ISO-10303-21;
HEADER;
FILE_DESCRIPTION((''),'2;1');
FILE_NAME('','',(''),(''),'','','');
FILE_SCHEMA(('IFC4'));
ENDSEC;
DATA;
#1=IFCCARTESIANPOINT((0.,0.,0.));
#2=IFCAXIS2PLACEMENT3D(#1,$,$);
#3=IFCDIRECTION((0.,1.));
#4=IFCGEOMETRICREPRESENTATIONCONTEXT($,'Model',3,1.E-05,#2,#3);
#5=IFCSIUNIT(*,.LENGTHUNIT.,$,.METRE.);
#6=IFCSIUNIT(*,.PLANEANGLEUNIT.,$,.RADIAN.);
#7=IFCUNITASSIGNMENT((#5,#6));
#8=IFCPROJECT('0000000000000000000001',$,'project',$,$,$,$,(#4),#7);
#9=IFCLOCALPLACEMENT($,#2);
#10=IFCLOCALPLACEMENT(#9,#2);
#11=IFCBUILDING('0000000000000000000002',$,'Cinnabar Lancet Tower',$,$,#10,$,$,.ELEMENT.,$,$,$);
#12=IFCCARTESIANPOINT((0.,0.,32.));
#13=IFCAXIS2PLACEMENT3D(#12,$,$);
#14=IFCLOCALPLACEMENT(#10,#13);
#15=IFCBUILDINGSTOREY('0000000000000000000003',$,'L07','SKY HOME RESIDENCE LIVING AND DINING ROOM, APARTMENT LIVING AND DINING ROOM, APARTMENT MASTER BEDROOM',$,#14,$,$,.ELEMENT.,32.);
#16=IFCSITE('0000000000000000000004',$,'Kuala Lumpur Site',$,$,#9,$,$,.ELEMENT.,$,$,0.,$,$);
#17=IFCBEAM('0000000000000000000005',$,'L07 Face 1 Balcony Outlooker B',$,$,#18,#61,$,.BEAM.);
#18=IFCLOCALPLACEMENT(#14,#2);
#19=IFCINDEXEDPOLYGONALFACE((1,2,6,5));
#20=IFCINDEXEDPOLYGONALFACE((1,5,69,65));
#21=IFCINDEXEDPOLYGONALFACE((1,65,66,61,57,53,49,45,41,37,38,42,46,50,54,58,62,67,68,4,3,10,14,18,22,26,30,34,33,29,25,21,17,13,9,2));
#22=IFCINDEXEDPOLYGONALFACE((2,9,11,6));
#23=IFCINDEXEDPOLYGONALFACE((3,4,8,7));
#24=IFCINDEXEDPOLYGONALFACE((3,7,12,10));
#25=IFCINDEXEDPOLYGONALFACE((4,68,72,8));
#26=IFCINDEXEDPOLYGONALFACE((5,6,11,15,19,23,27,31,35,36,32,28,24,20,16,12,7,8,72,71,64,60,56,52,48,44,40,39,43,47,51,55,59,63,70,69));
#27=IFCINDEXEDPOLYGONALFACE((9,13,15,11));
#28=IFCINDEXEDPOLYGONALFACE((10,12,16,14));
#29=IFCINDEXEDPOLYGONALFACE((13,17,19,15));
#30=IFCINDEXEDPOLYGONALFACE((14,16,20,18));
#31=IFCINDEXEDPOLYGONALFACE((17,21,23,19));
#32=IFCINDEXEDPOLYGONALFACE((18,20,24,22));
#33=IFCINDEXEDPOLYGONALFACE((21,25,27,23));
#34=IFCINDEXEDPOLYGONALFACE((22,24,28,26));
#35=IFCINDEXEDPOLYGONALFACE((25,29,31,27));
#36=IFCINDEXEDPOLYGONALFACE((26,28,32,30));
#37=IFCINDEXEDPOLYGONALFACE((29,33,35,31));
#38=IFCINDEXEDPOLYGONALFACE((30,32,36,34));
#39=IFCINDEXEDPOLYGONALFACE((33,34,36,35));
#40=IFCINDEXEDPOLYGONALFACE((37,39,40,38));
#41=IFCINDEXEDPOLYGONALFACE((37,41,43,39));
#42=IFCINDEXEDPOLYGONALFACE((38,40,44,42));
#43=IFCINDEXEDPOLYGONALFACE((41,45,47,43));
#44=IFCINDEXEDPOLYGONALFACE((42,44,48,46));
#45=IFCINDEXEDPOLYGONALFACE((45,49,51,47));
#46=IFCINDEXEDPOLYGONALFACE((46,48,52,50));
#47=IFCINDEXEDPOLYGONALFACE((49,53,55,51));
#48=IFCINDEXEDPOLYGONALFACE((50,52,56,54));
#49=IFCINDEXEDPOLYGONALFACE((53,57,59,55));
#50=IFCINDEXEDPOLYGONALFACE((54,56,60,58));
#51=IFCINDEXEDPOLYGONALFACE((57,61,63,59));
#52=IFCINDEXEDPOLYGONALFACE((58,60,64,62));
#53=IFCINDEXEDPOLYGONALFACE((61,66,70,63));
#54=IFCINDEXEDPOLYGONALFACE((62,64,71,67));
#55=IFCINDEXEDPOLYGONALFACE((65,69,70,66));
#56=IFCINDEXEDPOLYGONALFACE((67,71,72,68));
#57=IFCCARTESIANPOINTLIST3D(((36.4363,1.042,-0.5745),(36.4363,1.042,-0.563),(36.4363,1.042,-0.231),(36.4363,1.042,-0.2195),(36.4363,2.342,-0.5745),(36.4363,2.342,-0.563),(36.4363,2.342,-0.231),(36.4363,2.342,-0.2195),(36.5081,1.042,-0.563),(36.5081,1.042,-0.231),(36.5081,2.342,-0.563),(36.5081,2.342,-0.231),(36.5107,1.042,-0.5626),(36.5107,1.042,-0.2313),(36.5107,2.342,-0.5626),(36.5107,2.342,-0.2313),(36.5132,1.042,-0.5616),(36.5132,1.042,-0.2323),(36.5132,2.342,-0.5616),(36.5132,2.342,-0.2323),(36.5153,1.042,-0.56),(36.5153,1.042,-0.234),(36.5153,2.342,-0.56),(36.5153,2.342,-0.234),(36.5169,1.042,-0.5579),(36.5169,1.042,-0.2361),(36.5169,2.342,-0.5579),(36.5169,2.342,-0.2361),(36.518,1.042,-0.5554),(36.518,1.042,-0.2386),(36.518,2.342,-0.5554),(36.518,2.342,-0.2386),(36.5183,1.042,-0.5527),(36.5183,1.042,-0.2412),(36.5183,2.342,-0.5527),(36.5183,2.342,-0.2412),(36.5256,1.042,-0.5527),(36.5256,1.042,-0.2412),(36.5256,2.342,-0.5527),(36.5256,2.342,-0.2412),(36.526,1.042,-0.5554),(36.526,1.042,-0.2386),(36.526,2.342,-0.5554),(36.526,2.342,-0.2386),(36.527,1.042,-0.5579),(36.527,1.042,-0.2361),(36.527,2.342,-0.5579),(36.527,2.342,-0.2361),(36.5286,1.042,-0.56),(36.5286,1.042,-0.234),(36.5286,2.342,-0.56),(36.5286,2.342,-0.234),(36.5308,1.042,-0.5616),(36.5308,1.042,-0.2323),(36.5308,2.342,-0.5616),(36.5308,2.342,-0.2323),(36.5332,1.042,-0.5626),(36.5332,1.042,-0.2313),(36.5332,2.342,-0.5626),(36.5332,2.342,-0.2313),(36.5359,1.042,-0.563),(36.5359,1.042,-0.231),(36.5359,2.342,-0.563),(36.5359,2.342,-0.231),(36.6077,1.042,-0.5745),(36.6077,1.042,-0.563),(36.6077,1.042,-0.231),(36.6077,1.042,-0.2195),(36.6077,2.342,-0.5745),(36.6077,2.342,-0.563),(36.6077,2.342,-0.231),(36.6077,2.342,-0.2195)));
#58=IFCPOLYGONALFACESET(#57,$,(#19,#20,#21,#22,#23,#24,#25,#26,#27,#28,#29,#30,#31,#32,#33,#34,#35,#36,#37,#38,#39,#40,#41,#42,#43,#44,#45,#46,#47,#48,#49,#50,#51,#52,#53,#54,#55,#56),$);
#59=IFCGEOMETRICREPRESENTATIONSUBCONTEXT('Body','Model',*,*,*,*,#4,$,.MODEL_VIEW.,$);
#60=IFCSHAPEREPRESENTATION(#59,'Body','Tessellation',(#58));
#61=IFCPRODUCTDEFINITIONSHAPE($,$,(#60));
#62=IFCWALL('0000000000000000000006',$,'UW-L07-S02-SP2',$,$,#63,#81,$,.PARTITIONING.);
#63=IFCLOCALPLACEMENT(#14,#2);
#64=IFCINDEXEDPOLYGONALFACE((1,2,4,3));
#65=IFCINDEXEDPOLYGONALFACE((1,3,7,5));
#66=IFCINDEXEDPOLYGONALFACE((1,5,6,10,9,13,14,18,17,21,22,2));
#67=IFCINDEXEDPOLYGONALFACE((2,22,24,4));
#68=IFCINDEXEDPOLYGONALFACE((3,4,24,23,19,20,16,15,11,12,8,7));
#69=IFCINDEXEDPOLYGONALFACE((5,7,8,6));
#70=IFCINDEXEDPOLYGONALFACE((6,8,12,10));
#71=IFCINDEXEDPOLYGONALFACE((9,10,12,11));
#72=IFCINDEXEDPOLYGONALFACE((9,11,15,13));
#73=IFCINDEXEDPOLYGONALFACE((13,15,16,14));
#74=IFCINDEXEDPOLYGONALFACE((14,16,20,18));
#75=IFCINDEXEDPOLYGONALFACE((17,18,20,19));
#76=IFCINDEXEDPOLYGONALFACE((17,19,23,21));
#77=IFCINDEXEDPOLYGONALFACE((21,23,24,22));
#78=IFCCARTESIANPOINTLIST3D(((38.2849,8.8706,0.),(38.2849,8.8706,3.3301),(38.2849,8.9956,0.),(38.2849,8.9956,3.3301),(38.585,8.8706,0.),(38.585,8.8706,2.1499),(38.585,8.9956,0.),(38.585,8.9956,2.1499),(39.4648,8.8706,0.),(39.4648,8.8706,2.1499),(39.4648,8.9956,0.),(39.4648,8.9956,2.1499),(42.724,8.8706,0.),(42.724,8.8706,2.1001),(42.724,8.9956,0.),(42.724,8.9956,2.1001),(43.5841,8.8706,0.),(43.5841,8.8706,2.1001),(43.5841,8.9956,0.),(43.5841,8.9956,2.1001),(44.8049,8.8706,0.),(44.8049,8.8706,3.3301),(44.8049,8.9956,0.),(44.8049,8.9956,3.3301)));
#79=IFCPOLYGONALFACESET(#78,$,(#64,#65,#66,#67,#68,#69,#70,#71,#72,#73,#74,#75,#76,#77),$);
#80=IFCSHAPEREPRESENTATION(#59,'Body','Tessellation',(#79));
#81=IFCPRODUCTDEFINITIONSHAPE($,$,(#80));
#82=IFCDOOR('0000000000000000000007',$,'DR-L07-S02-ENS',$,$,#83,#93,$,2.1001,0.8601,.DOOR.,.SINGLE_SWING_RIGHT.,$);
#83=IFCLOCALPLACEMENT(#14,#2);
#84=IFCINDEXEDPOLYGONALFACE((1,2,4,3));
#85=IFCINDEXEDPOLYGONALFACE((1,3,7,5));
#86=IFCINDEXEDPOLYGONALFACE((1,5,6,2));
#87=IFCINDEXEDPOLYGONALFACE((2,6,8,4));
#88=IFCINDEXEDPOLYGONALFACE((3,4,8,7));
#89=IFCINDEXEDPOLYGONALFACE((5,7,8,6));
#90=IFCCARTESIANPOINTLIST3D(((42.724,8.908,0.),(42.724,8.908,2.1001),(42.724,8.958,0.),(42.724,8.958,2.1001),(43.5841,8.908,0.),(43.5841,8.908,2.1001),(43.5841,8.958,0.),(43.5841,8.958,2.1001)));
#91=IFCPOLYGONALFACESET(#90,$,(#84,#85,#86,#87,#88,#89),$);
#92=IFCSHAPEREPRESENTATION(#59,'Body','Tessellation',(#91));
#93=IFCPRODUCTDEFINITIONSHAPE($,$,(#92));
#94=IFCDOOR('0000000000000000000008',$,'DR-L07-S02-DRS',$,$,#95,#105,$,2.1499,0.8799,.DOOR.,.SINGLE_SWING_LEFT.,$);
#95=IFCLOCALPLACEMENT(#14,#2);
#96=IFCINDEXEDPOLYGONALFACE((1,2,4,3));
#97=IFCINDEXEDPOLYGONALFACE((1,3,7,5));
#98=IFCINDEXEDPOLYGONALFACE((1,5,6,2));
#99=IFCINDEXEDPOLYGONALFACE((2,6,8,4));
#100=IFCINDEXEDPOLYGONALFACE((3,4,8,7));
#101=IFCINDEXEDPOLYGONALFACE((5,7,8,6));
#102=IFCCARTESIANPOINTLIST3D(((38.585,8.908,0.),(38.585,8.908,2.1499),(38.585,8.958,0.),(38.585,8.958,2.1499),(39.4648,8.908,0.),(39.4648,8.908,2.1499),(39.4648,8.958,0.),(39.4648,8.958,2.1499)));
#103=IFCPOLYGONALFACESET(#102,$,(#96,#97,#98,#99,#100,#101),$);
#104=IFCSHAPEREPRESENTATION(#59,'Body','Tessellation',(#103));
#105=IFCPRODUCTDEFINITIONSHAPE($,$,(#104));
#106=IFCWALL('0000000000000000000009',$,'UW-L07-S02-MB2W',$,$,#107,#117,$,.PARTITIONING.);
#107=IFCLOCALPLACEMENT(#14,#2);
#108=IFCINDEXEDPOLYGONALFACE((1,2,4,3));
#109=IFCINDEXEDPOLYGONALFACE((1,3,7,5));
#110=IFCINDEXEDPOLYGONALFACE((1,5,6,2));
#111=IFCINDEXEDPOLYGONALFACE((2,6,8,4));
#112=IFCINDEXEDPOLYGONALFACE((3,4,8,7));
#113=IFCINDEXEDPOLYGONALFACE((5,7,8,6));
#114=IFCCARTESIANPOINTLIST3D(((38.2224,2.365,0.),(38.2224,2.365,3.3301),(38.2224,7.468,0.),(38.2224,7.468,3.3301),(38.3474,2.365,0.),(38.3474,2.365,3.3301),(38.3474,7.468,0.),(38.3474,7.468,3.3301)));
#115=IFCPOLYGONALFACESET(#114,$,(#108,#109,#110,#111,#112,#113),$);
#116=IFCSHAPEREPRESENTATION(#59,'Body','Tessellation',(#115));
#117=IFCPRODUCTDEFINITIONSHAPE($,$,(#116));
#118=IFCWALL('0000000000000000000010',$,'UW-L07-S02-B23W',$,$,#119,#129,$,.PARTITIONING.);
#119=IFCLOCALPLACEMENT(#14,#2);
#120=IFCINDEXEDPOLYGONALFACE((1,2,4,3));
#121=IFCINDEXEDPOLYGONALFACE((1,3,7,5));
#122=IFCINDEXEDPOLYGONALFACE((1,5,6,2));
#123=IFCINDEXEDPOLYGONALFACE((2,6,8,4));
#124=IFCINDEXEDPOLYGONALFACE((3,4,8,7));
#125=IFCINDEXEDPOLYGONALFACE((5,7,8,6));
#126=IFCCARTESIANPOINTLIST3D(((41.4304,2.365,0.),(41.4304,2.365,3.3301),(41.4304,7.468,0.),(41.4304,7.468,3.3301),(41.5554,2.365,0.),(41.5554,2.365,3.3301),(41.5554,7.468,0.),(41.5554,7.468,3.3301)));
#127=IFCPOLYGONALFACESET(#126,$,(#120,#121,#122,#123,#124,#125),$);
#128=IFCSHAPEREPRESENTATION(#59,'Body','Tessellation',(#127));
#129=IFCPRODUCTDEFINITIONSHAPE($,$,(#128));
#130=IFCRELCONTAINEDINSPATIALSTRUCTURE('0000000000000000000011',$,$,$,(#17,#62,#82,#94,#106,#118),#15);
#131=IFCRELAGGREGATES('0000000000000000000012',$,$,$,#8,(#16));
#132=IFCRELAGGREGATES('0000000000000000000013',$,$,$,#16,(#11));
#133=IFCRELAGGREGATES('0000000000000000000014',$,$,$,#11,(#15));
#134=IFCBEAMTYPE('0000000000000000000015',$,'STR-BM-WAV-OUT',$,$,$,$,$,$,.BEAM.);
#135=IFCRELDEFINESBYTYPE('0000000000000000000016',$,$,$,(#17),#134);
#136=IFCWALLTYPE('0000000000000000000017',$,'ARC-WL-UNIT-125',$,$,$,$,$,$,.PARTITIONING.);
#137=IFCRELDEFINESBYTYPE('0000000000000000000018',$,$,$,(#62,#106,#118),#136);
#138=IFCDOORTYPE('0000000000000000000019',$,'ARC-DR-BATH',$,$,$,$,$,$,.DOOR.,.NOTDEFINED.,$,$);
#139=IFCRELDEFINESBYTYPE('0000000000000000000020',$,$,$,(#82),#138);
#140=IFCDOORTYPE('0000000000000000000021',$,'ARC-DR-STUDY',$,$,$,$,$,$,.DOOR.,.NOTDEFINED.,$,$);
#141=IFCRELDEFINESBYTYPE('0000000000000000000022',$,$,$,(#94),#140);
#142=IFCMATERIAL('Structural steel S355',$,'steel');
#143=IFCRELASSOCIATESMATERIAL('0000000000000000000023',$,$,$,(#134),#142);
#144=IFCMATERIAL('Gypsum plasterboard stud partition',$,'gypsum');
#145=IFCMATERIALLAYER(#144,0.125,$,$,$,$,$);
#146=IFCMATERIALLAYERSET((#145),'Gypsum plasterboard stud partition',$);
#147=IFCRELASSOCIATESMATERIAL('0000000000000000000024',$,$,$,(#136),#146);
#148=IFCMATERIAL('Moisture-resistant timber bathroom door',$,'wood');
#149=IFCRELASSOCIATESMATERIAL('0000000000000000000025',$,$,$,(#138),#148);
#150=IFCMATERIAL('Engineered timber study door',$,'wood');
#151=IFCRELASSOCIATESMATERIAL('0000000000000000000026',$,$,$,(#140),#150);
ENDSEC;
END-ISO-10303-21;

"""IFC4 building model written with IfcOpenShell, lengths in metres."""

from ifc_helpers import new_model, si_unit, direction, frame, frame_2d, origin, origin_2d, place, context, subcontext, project, spatial, rectangle, i_section, extrude, material, layer, layer_set, material_profile, profile_set, type_object, element, fill, save


model = new_model("IFC4")

# Units and contexts
model_context = context("Model", 3, precision=1e-05, world=origin(), true_north=direction((0.0, 1.0)))
body_context = subcontext(model_context, "Body", "Model", "MODEL_VIEW")
ifc_project = project(units=[si_unit("LENGTHUNIT", "METRE"), si_unit("PLANEANGLEUNIT", "RADIAN")], contexts=[model_context])

# Site, building, storey
site_placement = place(None, origin())
site = spatial("IfcSite", under=ifc_project, at=site_placement, Name="Kuala Lumpur Site", CompositionType="ELEMENT", RefElevation=0.0)
building_placement = place(site_placement, origin())
building = spatial("IfcBuilding", under=site, at=building_placement, Name="Cinnabar Lancet Tower", CompositionType="ELEMENT")
storey_placement = place(building_placement, frame((0.0, 0.0, 32.0)))
storey = spatial("IfcBuildingStorey", under=building, at=storey_placement, Name="L07", Description="SKY HOME RESIDENCE LIVING AND DINING ROOM, APARTMENT LIVING AND DINING ROOM, APARTMENT MASTER BEDROOM", CompositionType="ELEMENT", Elevation=32.0)

# Beam
ifc_material_1 = material(Name="Structural steel S355", Category="steel")
ifc_material_profile_1 = material_profile(ifc_material_1, i_section(OverallWidth=0.1714, OverallDepth=0.355, WebThickness=0.0073, FlangeThickness=0.0115, FilletRadius=0.0103, at=origin_2d()), Name="UKB 356x171x51")
ifc_profile_set_1 = profile_set([ifc_material_profile_1], Name="Structural steel S355")
beam_type_1 = type_object("IfcBeamType", Name="STR-BM-WAV-OUT", PredefinedType="BEAM", material=ifc_profile_set_1)
beam_1_placement = place(storey_placement, frame((36.522, 2.342, -0.397), z_axis=(0.0, -1.0, 0.0), x_axis=(1.0, 0.0, 0.0)))
element("IfcBeam", 1, at=beam_1_placement, inside=storey, type_object=beam_type_1, Name="L07 Face 1 Balcony Outlooker B", PredefinedType="BEAM", context=body_context, shape_type="SweptSolid", body=[
    extrude(i_section(OverallWidth=0.1714, OverallDepth=0.355, WebThickness=0.0073, FlangeThickness=0.0115, FilletRadius=0.0103, at=origin_2d()), origin(), (0.0, 0.0, 1.0), 1.3),
])

# Wall, openings, doors
ifc_material_2 = material(Name="Gypsum plasterboard stud partition", Category="gypsum")
ifc_layer_1 = layer(ifc_material_2, 0.125)
ifc_layer_set_1 = layer_set([ifc_layer_1], Name="Gypsum plasterboard stud partition")
wall_type_1 = type_object("IfcWallType", Name="ARC-WL-UNIT-125", PredefinedType="PARTITIONING", material=ifc_layer_set_1)
wall_1_placement = place(storey_placement, frame((38.2849, 8.9331, 0.0), z_axis=(0.0, 0.0, 1.0), x_axis=(1.0, 0.0, 0.0)))
wall_1 = element("IfcWall", 2, at=wall_1_placement, inside=storey, type_object=wall_type_1, Name="UW-L07-S02-SP2", PredefinedType="PARTITIONING", context=body_context, shape_type="SweptSolid", body=[
    extrude(rectangle(XDim=6.52, YDim=0.125, at=frame_2d((3.26, 0.0))), origin(), (0.0, 0.0, 1.0), 3.3301),
])
opening_1_placement = place(wall_1_placement, frame((4.439, 0.0, 0.0)))
opening_1 = element("IfcOpeningElement", 3, at=opening_1_placement, cuts=wall_1, PredefinedType="OPENING", context=body_context, shape_type="SweptSolid", body=[
    extrude(rectangle(XDim=0.8601, YDim=2.1001, at=frame_2d((0.4302, 1.05))), frame((0.0, 0.0725, 0.0), z_axis=(0.0, -1.0, 0.0), x_axis=(1.0, 0.0, 0.0)), (0.0, 0.0, 1.0), 0.145),
])
opening_2_placement = place(wall_1_placement, frame((0.3, 0.0, 0.0)))
opening_2 = element("IfcOpeningElement", 4, at=opening_2_placement, cuts=wall_1, PredefinedType="OPENING", context=body_context, shape_type="SweptSolid", body=[
    extrude(rectangle(XDim=0.8799, YDim=2.1499, at=frame_2d((0.4399, 1.075))), frame((0.0, 0.0725, 0.0), z_axis=(0.0, -1.0, 0.0), x_axis=(1.0, 0.0, 0.0)), (0.0, 0.0, 1.0), 0.145),
])
ifc_material_3 = material(Name="Moisture-resistant timber bathroom door", Category="wood")
door_type_1 = type_object("IfcDoorType", Name="ARC-DR-BATH", OperationType="NOTDEFINED", PredefinedType="DOOR", material=ifc_material_3)
door_1_placement = place(opening_1_placement, origin())
door_1 = element("IfcDoor", 5, at=door_1_placement, inside=storey, type_object=door_type_1, Name="DR-L07-S02-ENS", OperationType="SINGLE_SWING_RIGHT", OverallHeight=2.1001, OverallWidth=0.8601, PredefinedType="DOOR", context=body_context, shape_type="SweptSolid", body=[
    extrude(rectangle(XDim=0.8601, YDim=2.1001, at=frame_2d((0.4302, 1.05))), frame((0.0, 0.0249, 0.0), z_axis=(0.0, -1.0, 0.0), x_axis=(1.0, 0.0, 0.0)), (0.0, 0.0, 1.0), 0.05),
])
fill(opening_1, door_1)
ifc_material_4 = material(Name="Engineered timber study door", Category="wood")
door_type_2 = type_object("IfcDoorType", Name="ARC-DR-STUDY", OperationType="NOTDEFINED", PredefinedType="DOOR", material=ifc_material_4)
door_2_placement = place(opening_2_placement, origin())
door_2 = element("IfcDoor", 6, at=door_2_placement, inside=storey, type_object=door_type_2, Name="DR-L07-S02-DRS", OperationType="SINGLE_SWING_LEFT", OverallHeight=2.1499, OverallWidth=0.8799, PredefinedType="DOOR", context=body_context, shape_type="SweptSolid", body=[
    extrude(rectangle(XDim=0.8799, YDim=2.1499, at=frame_2d((0.4399, 1.075))), frame((0.0, 0.0249, 0.0), z_axis=(0.0, -1.0, 0.0), x_axis=(1.0, 0.0, 0.0)), (0.0, 0.0, 1.0), 0.05),
])
fill(opening_2, door_2)

# Walls
for number, where, z_axis, x_axis, name in (
    (7, (38.2849, 2.365, 0.0), (0.0, 0.0, 1.0), (0.0, 1.0, 0.0), "UW-L07-S02-MB2W"),
    (8, (41.4929, 2.365, 0.0), (0.0, 0.0, 1.0), (0.0, 1.0, 0.0), "UW-L07-S02-B23W"),
):
    element("IfcWall", number, at=place(storey_placement, frame(where, z_axis=z_axis, x_axis=x_axis)), inside=storey, type_object=wall_type_1, Name=name, PredefinedType="PARTITIONING", context=body_context, shape_type="SweptSolid", body=[
        extrude(rectangle(XDim=5.103, YDim=0.125, at=frame_2d((2.5515, 0.0))), origin(), (0.0, 0.0, 1.0), 3.3301),
    ])

save(model, "model.ifc")
